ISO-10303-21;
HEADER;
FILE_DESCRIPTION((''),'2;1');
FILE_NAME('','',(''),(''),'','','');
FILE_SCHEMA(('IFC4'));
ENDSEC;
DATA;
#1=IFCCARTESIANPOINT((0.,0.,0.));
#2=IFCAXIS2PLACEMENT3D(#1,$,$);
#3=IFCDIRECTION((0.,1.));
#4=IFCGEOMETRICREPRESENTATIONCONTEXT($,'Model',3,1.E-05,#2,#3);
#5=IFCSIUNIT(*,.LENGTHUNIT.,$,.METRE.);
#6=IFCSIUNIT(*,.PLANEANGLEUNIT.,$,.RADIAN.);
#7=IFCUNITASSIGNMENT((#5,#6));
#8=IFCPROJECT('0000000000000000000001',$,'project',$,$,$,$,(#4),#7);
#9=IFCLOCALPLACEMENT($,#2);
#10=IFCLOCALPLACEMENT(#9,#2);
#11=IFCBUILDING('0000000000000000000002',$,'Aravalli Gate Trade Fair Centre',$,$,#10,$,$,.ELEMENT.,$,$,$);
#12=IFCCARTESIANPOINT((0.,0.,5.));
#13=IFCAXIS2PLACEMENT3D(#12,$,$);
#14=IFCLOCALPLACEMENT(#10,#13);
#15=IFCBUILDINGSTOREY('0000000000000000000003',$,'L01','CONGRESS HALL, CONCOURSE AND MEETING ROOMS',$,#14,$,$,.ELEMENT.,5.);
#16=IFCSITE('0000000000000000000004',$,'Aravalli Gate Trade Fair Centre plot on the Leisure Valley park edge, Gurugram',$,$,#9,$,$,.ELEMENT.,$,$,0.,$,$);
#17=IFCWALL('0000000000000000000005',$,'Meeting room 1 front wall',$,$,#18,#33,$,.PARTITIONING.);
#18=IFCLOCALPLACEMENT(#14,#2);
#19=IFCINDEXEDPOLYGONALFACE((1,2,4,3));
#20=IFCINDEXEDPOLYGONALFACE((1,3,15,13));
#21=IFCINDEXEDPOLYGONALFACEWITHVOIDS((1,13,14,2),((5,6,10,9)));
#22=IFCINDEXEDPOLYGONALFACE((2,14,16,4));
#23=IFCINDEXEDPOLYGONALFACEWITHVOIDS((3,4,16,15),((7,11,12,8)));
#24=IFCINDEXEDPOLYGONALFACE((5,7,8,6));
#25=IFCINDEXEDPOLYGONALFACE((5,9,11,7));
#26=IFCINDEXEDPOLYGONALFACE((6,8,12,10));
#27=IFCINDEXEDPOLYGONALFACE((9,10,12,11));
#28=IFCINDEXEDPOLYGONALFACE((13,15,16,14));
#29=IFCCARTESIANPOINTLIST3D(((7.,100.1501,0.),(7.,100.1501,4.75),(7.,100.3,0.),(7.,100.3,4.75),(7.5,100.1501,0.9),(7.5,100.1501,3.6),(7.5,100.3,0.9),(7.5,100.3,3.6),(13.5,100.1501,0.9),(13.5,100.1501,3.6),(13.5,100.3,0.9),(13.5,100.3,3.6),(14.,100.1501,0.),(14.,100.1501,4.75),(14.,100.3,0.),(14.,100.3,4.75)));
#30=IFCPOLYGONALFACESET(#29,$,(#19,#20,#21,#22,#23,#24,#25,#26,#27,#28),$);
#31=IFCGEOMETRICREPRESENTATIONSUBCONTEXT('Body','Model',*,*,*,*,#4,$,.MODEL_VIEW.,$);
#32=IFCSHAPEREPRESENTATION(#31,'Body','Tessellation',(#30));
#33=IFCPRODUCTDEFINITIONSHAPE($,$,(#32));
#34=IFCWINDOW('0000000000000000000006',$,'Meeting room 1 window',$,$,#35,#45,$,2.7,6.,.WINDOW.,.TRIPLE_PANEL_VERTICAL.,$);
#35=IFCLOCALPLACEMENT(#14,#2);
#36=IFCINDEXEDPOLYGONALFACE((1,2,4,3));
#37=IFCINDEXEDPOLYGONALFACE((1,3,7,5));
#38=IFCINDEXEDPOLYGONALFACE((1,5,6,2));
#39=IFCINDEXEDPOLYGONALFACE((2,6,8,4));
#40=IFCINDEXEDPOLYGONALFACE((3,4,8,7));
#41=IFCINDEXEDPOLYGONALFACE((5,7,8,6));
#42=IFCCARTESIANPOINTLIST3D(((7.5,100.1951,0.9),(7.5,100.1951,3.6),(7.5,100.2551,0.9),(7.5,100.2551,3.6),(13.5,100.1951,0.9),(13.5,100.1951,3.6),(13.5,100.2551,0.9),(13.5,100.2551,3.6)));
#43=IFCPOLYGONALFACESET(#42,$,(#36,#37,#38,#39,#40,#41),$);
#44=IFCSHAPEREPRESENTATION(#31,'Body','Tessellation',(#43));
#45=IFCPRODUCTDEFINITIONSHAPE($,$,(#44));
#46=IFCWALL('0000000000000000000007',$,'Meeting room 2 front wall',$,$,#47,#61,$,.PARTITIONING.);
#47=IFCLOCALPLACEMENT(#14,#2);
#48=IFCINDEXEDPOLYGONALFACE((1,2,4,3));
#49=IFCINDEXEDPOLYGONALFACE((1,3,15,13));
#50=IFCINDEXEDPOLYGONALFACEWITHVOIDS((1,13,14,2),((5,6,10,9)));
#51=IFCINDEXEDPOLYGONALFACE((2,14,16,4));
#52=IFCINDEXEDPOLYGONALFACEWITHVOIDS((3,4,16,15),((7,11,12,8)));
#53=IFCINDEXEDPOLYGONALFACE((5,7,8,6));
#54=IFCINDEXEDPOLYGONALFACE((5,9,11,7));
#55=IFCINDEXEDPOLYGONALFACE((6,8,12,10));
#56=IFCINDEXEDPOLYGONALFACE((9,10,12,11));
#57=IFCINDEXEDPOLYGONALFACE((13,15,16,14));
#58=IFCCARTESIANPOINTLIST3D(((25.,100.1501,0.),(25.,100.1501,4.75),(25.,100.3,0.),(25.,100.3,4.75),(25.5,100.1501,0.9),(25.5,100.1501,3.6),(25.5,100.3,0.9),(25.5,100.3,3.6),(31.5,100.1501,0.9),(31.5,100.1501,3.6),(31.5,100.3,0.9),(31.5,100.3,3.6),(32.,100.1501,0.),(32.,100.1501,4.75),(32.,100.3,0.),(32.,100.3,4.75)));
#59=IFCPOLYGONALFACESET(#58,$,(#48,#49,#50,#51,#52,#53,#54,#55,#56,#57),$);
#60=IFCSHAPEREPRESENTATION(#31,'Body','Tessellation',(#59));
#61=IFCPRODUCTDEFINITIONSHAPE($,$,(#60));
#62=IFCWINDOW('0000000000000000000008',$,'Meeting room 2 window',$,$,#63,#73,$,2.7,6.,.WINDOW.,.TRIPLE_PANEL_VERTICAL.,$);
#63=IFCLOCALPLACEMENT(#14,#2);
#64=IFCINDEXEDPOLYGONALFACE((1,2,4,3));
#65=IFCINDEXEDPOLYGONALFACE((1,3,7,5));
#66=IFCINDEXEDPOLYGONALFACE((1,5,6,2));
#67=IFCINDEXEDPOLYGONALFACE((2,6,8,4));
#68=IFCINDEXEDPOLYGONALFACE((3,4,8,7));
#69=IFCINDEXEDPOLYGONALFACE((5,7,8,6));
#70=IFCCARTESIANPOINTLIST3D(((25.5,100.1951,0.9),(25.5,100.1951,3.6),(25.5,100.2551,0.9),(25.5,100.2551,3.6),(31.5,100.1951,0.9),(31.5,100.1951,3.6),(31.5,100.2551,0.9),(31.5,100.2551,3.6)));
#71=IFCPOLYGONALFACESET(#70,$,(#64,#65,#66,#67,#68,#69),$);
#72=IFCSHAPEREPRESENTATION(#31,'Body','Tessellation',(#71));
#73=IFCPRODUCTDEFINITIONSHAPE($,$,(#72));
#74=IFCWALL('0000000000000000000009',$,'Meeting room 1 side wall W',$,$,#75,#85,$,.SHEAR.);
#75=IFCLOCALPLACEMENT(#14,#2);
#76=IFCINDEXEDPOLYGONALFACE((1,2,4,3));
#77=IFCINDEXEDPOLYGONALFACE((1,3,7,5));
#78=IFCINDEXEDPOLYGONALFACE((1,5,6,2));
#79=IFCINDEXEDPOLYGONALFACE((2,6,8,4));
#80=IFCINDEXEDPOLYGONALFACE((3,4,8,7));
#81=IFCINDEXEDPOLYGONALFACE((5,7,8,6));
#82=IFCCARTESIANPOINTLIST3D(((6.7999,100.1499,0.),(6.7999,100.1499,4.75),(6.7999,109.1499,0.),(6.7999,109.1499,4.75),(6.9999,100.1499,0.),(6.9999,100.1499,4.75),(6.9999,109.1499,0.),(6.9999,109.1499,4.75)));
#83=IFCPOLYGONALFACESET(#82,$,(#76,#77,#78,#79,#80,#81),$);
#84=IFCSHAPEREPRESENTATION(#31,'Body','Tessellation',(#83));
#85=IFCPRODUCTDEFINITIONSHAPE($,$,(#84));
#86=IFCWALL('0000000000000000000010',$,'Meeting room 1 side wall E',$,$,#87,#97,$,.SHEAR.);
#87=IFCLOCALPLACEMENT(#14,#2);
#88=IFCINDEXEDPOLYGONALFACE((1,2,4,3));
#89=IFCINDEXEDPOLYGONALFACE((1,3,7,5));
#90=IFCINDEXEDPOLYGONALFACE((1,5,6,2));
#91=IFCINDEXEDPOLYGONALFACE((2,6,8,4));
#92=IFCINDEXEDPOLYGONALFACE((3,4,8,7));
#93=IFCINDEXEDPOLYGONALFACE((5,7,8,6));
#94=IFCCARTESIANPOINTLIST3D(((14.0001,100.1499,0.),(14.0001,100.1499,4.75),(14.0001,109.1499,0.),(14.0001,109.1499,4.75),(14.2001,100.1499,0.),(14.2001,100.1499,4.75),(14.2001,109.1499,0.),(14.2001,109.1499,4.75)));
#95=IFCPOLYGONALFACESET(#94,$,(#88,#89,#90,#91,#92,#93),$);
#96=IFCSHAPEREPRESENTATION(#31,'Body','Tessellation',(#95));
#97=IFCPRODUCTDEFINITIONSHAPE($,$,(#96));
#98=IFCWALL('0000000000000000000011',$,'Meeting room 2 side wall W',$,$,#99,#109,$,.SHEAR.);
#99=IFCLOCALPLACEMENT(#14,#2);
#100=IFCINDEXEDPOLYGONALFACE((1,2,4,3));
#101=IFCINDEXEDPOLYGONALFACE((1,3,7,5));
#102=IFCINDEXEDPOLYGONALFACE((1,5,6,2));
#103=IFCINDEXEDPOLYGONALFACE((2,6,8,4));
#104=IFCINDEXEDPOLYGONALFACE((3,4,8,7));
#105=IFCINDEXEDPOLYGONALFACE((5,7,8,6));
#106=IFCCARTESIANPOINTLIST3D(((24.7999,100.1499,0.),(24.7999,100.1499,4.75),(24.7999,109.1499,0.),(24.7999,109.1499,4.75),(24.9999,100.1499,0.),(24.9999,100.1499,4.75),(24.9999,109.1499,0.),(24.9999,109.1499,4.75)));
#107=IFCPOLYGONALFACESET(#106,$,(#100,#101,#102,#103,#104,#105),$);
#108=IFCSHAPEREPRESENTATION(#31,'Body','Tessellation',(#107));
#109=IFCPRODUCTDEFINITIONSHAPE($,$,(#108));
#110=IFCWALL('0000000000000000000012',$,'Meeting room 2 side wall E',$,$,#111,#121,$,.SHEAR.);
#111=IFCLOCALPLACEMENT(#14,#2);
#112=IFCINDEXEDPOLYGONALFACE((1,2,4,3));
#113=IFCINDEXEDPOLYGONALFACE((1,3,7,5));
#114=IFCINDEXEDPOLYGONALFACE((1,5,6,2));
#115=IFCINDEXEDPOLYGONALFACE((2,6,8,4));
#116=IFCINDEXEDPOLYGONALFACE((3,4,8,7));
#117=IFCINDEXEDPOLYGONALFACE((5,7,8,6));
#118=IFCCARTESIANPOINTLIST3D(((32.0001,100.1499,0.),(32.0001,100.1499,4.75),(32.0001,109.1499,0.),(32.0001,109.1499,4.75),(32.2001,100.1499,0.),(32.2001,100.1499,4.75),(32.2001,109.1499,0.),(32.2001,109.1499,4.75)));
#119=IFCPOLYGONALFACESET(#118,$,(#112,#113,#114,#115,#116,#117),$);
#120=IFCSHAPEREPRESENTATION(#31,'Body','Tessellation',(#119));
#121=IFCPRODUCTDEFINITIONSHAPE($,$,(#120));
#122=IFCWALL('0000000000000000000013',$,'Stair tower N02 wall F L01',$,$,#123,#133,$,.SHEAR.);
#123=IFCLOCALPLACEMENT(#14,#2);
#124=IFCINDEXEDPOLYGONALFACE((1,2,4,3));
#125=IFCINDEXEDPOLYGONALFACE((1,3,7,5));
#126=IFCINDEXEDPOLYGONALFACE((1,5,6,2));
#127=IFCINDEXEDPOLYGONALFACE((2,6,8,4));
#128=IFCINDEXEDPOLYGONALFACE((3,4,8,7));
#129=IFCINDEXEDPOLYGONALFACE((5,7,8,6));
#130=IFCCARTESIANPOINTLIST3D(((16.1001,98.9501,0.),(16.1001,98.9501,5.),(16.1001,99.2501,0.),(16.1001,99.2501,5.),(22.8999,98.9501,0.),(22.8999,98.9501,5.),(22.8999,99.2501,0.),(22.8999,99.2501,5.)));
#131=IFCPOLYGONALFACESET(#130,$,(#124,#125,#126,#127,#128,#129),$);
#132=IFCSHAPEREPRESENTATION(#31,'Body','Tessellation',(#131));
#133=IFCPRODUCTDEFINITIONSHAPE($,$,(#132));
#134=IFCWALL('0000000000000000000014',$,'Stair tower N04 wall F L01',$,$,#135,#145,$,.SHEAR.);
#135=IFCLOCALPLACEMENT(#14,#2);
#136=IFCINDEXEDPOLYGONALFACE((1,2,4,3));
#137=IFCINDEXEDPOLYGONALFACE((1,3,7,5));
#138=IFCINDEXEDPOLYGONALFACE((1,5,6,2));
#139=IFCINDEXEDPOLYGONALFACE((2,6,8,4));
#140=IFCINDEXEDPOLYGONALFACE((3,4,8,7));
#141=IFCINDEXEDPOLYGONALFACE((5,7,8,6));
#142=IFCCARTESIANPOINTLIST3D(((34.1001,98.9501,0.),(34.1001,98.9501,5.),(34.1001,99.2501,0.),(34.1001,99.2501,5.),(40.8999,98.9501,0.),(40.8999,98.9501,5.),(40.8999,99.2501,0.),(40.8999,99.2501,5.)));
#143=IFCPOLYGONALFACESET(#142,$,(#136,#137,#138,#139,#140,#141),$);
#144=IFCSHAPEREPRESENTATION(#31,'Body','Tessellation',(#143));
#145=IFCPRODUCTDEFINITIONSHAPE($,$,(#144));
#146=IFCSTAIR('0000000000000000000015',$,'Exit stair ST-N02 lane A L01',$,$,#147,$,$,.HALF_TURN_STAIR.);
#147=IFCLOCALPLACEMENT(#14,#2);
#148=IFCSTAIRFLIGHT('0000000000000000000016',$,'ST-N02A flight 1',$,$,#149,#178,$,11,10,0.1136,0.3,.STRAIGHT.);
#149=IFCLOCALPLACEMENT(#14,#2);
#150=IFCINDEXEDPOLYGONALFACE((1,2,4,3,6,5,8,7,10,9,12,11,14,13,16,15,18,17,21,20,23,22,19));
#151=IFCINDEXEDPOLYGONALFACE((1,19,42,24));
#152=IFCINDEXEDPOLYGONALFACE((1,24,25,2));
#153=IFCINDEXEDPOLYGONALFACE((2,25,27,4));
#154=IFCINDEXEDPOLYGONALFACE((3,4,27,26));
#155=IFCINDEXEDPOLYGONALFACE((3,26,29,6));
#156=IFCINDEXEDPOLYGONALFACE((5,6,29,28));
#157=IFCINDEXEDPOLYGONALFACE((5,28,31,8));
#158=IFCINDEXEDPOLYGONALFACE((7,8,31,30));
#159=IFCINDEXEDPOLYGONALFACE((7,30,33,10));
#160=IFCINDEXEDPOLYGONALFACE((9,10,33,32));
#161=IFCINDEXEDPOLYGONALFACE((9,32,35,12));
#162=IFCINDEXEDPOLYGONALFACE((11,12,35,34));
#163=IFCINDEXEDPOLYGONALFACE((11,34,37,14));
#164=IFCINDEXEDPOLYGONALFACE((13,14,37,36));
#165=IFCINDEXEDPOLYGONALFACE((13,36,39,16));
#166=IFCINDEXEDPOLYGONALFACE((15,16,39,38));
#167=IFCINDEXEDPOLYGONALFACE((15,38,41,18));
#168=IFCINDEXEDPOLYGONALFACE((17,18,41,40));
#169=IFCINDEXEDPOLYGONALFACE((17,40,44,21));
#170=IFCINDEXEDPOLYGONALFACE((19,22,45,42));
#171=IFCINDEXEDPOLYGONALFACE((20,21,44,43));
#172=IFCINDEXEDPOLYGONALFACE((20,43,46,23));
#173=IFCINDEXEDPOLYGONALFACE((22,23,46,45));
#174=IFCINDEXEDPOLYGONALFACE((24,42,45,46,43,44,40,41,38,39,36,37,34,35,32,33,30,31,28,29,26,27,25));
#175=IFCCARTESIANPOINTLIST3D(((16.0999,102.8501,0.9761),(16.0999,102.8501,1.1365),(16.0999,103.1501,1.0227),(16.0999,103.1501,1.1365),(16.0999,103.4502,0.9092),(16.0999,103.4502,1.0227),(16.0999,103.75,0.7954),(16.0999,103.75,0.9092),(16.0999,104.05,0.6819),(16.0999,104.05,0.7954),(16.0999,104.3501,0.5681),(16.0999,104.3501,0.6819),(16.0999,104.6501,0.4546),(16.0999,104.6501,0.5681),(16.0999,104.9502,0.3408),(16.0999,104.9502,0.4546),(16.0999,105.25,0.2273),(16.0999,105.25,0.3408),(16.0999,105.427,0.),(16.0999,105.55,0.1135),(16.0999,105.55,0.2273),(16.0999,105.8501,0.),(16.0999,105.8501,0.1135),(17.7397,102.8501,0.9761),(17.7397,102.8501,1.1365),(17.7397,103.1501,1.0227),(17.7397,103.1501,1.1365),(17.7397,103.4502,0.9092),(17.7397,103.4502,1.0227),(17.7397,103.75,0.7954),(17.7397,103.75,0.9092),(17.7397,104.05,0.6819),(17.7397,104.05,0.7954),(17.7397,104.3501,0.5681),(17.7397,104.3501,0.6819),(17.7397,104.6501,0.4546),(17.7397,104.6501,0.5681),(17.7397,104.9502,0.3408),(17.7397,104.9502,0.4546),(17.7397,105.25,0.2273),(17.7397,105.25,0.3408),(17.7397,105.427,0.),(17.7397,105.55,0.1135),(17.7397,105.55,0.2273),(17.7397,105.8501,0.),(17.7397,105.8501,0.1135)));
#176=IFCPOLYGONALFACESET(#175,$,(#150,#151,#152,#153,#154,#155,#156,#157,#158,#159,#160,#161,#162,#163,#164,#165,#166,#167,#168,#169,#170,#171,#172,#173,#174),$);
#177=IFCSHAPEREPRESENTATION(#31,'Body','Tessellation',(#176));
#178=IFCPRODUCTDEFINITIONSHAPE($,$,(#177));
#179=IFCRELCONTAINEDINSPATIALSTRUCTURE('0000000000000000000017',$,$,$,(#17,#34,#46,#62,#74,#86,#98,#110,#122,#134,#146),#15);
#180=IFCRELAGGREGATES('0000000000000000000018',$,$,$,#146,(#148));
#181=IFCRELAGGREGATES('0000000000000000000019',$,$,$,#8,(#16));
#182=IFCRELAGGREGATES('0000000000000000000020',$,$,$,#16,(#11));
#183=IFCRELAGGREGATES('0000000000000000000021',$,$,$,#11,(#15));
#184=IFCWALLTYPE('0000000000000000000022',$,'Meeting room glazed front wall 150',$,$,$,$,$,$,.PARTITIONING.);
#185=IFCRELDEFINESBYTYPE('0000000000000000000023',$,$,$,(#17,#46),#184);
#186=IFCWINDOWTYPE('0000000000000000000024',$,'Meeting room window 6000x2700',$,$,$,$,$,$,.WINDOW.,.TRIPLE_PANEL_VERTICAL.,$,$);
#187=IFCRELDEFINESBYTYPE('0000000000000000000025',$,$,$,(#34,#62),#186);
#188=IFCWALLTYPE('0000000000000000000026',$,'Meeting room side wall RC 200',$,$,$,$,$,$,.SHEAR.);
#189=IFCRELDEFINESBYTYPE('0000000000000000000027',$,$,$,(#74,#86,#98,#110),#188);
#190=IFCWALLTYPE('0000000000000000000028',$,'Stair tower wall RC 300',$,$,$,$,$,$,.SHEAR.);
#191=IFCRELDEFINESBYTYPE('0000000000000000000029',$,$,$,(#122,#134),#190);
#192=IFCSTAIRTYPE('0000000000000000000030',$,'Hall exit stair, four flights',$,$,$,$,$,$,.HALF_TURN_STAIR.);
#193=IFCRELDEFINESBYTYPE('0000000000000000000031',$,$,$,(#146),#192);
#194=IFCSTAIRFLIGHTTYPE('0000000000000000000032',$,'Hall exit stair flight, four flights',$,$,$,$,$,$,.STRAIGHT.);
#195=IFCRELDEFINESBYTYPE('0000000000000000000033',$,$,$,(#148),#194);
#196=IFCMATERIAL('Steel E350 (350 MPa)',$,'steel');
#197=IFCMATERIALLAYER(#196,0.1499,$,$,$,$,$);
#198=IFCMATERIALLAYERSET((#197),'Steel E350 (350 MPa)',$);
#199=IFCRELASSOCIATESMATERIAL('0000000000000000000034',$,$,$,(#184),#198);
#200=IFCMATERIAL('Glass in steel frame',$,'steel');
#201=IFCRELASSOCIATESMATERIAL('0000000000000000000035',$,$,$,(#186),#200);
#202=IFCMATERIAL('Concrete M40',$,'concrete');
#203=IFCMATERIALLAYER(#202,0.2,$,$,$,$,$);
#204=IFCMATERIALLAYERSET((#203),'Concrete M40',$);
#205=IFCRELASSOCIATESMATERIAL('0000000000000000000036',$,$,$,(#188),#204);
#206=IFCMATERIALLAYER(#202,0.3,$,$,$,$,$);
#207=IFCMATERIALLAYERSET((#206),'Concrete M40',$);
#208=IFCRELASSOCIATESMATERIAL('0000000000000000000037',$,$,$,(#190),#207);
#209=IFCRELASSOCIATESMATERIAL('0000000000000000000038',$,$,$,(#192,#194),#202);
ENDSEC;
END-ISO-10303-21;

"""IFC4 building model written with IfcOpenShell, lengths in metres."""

from ifc_helpers import new_model, si_unit, direction, frame, frame_2d, origin, place, context, subcontext, project, spatial, polyline, rectangle, outline, extrude, material, layer, layer_set, type_object, element, fill, aggregate, save


model = new_model("IFC4")

# Units and contexts
model_context = context("Model", 3, precision=1e-05, world=origin(), true_north=direction((0.0, 1.0)))
body_context = subcontext(model_context, "Body", "Model", "MODEL_VIEW")
ifc_project = project(units=[si_unit("LENGTHUNIT", "METRE"), si_unit("PLANEANGLEUNIT", "RADIAN")], contexts=[model_context])

# Site, building, storey
site_placement = place(None, origin())
site = spatial("IfcSite", under=ifc_project, at=site_placement, Name="Aravalli Gate Trade Fair Centre plot on the Leisure Valley park edge, Gurugram", CompositionType="ELEMENT", RefElevation=0.0)
building_placement = place(site_placement, origin())
building = spatial("IfcBuilding", under=site, at=building_placement, Name="Aravalli Gate Trade Fair Centre", CompositionType="ELEMENT")
storey_placement = place(building_placement, frame((0.0, 0.0, 5.0)))
storey = spatial("IfcBuildingStorey", under=building, at=storey_placement, Name="L01", Description="CONGRESS HALL, CONCOURSE AND MEETING ROOMS", CompositionType="ELEMENT", Elevation=5.0)

# Walls, openings, windows
ifc_material_1 = material(Name="Steel E350 (350 MPa)", Category="steel")
ifc_layer_1 = layer(ifc_material_1, 0.1499)
ifc_layer_set_1 = layer_set([ifc_layer_1], Name="Steel E350 (350 MPa)")
wall_type_1 = type_object("IfcWallType", Name="Meeting room glazed front wall 150", PredefinedType="PARTITIONING", material=ifc_layer_set_1)
wall_1_placement = place(storey_placement, frame((7.0, 100.2251, 0.0), z_axis=(0.0, 0.0, 1.0), x_axis=(1.0, 0.0, 0.0)))
wall_1 = element("IfcWall", 1, at=wall_1_placement, inside=storey, type_object=wall_type_1, Name="Meeting room 1 front wall", PredefinedType="PARTITIONING", context=body_context, shape_type="SweptSolid", body=[
    extrude(rectangle(XDim=7.0, YDim=0.1499, at=frame_2d((3.5, 0.0))), origin(), (0.0, 0.0, 1.0), 4.75),
])
opening_1_placement = place(wall_1_placement, frame((0.5, 0.0, 0.8999)))
opening_1 = element("IfcOpeningElement", 2, at=opening_1_placement, cuts=wall_1, PredefinedType="OPENING", context=body_context, shape_type="SweptSolid", body=[
    extrude(rectangle(XDim=6.0, YDim=2.7, at=frame_2d((3.0, 1.3501))), frame((0.0, 0.085, 0.0), z_axis=(0.0, -1.0, 0.0), x_axis=(1.0, 0.0, 0.0)), (0.0, 0.0, 1.0), 0.1699),
])
ifc_material_2 = material(Name="Glass in steel frame", Category="steel")
window_type = type_object("IfcWindowType", Name="Meeting room window 6000x2700", PartitioningType="TRIPLE_PANEL_VERTICAL", PredefinedType="WINDOW", material=ifc_material_2)
window_1_placement = place(opening_1_placement, origin())
window_1 = element("IfcWindow", 3, at=window_1_placement, inside=storey, type_object=window_type, Name="Meeting room 1 window", OverallHeight=2.7, OverallWidth=6.0, PartitioningType="TRIPLE_PANEL_VERTICAL", PredefinedType="WINDOW", context=body_context, shape_type="SweptSolid", body=[
    extrude(rectangle(XDim=6.0, YDim=2.7, at=frame_2d((3.0, 1.3501))), frame((0.0, 0.03, 0.0), z_axis=(0.0, -1.0, 0.0), x_axis=(1.0, 0.0, 0.0)), (0.0, 0.0, 1.0), 0.0601),
])
fill(opening_1, window_1)
wall_2_placement = place(storey_placement, frame((25.0, 100.2251, 0.0), z_axis=(0.0, 0.0, 1.0), x_axis=(1.0, 0.0, 0.0)))
wall_2 = element("IfcWall", 4, at=wall_2_placement, inside=storey, type_object=wall_type_1, Name="Meeting room 2 front wall", PredefinedType="PARTITIONING", context=body_context, shape_type="SweptSolid", body=[
    extrude(rectangle(XDim=7.0, YDim=0.1499, at=frame_2d((3.5, 0.0))), origin(), (0.0, 0.0, 1.0), 4.75),
])
opening_2_placement = place(wall_2_placement, frame((0.5, 0.0, 0.8999)))
opening_2 = element("IfcOpeningElement", 5, at=opening_2_placement, cuts=wall_2, PredefinedType="OPENING", context=body_context, shape_type="SweptSolid", body=[
    extrude(rectangle(XDim=6.0, YDim=2.7, at=frame_2d((3.0, 1.3501))), frame((0.0, 0.085, 0.0), z_axis=(0.0, -1.0, 0.0), x_axis=(1.0, 0.0, 0.0)), (0.0, 0.0, 1.0), 0.1699),
])
window_2_placement = place(opening_2_placement, origin())
window_2 = element("IfcWindow", 6, at=window_2_placement, inside=storey, type_object=window_type, Name="Meeting room 2 window", OverallHeight=2.7, OverallWidth=6.0, PartitioningType="TRIPLE_PANEL_VERTICAL", PredefinedType="WINDOW", context=body_context, shape_type="SweptSolid", body=[
    extrude(rectangle(XDim=6.0, YDim=2.7, at=frame_2d((3.0, 1.3501))), frame((0.0, 0.03, 0.0), z_axis=(0.0, -1.0, 0.0), x_axis=(1.0, 0.0, 0.0)), (0.0, 0.0, 1.0), 0.0601),
])
fill(opening_2, window_2)

# Walls
ifc_material_3 = material(Name="Concrete M40", Category="concrete")
ifc_layer_2 = layer(ifc_material_3, 0.2)
ifc_layer_set_2 = layer_set([ifc_layer_2], Name="Concrete M40")
wall_type_2 = type_object("IfcWallType", Name="Meeting room side wall RC 200", PredefinedType="SHEAR", material=ifc_layer_set_2)
for number, where, z_axis, x_axis, name in (
    (7, (6.8999, 100.1499, 0.0), (0.0, 0.0, 1.0), (0.0, 1.0, 0.0), "Meeting room 1 side wall W"),
    (8, (14.1001, 100.1499, 0.0), (0.0, 0.0, 1.0), (0.0, 1.0, 0.0), "Meeting room 1 side wall E"),
    (9, (24.8999, 100.1499, 0.0), (0.0, 0.0, 1.0), (0.0, 1.0, 0.0), "Meeting room 2 side wall W"),
    (10, (32.1001, 100.1499, 0.0), (0.0, 0.0, 1.0), (0.0, 1.0, 0.0), "Meeting room 2 side wall E"),
):
    element("IfcWall", number, at=place(storey_placement, frame(where, z_axis=z_axis, x_axis=x_axis)), inside=storey, type_object=wall_type_2, Name=name, PredefinedType="SHEAR", context=body_context, shape_type="SweptSolid", body=[
        extrude(rectangle(XDim=9.0, YDim=0.2, at=frame_2d((4.5, 0.0))), origin(), (0.0, 0.0, 1.0), 4.75),
    ])
ifc_layer_3 = layer(ifc_material_3, 0.3)
ifc_layer_set_3 = layer_set([ifc_layer_3], Name="Concrete M40")
wall_type_3 = type_object("IfcWallType", Name="Stair tower wall RC 300", PredefinedType="SHEAR", material=ifc_layer_set_3)
for number, where, z_axis, x_axis, name in (
    (11, (16.1001, 99.1001, 0.0), (0.0, 0.0, 1.0), (1.0, 0.0, 0.0), "Stair tower N02 wall F L01"),
    (12, (34.1001, 99.1001, 0.0), (0.0, 0.0, 1.0), (1.0, 0.0, 0.0), "Stair tower N04 wall F L01"),
):
    element("IfcWall", number, at=place(storey_placement, frame(where, z_axis=z_axis, x_axis=x_axis)), inside=storey, type_object=wall_type_3, Name=name, PredefinedType="SHEAR", context=body_context, shape_type="SweptSolid", body=[
        extrude(rectangle(XDim=6.7998, YDim=0.3, at=frame_2d((3.3999, 0.0))), origin(), (0.0, 0.0, 1.0), 5.0),
    ])

# Stair, stair flight
stair_type = type_object("IfcStairType", Name="Hall exit stair, four flights", PredefinedType="HALF_TURN_STAIR", material=ifc_material_3)
stair_1_placement = place(storey_placement, origin())
stair_1 = element("IfcStair", 13, at=stair_1_placement, inside=storey, type_object=stair_type, Name="Exit stair ST-N02 lane A L01", PredefinedType="HALF_TURN_STAIR")
stair_flight_type = type_object("IfcStairFlightType", Name="Hall exit stair flight, four flights", PredefinedType="STRAIGHT", material=ifc_material_3)
stair_flight_1_placement = place(storey_placement, frame((16.9199, 105.8501, 0.0), z_axis=(0.0, 0.0, 1.0), x_axis=(0.0, -1.0, 0.0)))
stair_flight_1 = element("IfcStairFlight", 14, at=stair_flight_1_placement, type_object=stair_flight_type, Name="ST-N02A flight 1", NumberOfRisers=11, NumberOfTreads=10, PredefinedType="STRAIGHT", RiserHeight=0.1136, TreadLength=0.3, context=body_context, shape_type="SweptSolid", body=[
    extrude(outline(polyline([(0.0, 0.0), (0.0, 0.1135), (0.3, 0.1135), (0.3, 0.2273), (0.6001, 0.2273), (0.6001, 0.3408), (0.8999, 0.3408), (0.8999, 0.4546), (1.2, 0.4546), (1.2, 0.5681), (1.5, 0.5681), (1.5, 0.6819), (1.8, 0.6819), (1.8, 0.7954), (2.1001, 0.7954), (2.1001, 0.9092), (2.3999, 0.9092), (2.3999, 1.0227), (2.7, 1.0227), (2.7, 1.1365), (3.0, 1.1365), (3.0, 1.25), (3.0, 0.9761), (0.4231, 0.0), (0.0, 0.0)])), frame((0.0, 0.8198, 0.0), z_axis=(0.0, -1.0, 0.0), x_axis=(1.0, 0.0, 0.0)), (0.0, 0.0, 1.0), 1.6399),
])
aggregate(stair_1, [stair_flight_1])

save(model, "model.ifc")
